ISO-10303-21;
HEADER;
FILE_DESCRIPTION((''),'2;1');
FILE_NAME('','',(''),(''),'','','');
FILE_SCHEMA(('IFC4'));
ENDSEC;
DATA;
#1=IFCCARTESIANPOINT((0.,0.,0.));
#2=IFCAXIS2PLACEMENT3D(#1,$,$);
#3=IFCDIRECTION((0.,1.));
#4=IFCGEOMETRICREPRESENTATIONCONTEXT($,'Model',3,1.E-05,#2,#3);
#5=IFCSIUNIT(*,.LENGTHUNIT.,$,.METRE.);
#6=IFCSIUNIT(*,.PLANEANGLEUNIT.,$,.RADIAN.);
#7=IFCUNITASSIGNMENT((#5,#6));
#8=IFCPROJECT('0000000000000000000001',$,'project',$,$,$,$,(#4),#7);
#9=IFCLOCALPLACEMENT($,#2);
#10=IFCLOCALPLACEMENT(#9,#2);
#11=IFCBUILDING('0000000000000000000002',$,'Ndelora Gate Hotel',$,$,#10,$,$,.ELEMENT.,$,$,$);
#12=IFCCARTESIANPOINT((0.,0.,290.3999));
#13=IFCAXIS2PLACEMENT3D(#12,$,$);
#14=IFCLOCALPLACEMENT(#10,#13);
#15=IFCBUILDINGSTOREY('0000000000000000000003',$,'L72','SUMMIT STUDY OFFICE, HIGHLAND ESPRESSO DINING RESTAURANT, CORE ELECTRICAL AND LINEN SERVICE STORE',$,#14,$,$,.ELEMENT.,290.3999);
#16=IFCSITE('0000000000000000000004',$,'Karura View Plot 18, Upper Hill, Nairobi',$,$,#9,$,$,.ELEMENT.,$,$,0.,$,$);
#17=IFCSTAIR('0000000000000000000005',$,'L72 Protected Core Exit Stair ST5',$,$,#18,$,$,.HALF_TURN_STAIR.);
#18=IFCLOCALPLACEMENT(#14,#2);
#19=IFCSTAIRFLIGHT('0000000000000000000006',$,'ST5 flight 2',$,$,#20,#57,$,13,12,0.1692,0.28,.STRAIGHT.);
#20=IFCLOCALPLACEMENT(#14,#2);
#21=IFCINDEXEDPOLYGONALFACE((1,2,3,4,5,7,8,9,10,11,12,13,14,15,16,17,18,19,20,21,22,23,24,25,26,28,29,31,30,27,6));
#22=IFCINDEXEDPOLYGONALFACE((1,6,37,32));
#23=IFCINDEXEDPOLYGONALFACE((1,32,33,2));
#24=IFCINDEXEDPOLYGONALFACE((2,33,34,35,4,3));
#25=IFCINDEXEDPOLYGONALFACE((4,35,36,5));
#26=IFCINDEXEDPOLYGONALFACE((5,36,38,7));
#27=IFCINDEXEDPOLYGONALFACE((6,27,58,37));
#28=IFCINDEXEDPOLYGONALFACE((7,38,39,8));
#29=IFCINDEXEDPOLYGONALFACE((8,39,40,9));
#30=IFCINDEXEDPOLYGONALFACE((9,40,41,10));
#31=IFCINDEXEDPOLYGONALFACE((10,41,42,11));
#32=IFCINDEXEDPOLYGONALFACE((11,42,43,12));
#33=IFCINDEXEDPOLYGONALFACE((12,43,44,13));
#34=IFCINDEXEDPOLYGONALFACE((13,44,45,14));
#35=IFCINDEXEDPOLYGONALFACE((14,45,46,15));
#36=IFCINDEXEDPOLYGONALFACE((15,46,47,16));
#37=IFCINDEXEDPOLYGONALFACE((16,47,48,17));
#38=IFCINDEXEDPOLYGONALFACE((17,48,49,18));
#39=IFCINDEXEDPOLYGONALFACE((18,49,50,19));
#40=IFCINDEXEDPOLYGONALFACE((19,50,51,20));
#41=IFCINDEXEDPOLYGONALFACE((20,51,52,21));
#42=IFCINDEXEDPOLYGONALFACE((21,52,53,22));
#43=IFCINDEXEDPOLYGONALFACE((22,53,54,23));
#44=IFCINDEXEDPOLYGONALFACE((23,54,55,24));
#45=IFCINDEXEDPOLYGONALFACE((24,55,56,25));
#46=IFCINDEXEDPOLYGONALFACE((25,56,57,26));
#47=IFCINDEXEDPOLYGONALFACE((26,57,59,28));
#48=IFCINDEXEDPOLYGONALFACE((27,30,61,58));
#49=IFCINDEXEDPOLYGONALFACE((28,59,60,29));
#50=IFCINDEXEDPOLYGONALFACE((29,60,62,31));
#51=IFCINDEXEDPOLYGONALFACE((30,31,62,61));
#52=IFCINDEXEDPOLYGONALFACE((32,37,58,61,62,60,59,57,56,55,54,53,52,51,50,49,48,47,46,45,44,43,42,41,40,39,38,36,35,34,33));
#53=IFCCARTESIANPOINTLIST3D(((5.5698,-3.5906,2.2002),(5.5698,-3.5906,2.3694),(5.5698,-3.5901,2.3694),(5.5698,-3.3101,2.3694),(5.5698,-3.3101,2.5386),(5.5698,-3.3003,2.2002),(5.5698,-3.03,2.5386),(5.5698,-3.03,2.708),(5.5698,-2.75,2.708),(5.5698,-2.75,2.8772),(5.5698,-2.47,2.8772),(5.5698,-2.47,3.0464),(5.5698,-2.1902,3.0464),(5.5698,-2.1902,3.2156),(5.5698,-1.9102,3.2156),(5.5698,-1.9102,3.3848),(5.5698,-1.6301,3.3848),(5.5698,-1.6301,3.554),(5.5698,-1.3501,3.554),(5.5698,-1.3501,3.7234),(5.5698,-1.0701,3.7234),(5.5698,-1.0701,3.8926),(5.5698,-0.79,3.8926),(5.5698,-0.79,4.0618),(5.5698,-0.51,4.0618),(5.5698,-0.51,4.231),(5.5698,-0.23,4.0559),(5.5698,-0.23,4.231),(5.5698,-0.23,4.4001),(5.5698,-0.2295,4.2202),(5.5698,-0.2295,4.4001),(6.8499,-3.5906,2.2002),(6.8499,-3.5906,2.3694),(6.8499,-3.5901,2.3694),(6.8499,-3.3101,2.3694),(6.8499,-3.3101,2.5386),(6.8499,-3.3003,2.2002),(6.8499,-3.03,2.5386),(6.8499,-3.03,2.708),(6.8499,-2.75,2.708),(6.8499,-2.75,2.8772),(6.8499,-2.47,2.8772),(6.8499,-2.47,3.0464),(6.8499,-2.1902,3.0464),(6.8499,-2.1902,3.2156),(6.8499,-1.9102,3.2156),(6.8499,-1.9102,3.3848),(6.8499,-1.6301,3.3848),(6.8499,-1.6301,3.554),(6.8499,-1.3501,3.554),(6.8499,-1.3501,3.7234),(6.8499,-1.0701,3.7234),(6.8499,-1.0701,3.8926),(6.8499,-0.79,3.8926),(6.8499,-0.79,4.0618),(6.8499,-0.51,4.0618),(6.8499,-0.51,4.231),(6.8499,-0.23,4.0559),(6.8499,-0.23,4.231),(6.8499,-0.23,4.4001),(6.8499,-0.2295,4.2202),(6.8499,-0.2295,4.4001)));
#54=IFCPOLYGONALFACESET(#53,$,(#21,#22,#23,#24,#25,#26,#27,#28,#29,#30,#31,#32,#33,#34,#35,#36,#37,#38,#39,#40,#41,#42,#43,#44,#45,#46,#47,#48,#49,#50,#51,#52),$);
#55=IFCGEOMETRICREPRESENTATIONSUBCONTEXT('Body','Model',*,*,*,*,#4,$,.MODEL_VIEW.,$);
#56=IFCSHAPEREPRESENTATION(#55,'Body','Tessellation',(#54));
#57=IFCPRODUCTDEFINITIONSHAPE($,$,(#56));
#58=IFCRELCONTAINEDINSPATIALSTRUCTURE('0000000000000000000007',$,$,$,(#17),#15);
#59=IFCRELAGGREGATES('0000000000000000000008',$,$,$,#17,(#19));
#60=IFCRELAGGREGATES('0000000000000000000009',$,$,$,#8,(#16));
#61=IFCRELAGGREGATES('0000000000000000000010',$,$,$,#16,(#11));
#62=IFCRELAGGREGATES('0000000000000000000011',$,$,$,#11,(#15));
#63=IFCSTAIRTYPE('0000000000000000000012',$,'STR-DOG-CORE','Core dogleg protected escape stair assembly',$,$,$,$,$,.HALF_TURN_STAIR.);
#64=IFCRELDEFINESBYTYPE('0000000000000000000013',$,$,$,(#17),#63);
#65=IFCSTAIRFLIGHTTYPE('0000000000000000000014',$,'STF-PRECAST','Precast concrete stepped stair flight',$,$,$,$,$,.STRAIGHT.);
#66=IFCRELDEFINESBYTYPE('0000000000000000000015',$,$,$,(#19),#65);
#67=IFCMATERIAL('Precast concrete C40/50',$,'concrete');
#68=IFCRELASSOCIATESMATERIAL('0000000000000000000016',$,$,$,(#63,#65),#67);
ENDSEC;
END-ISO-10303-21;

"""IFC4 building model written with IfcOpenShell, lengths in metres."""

from ifc_helpers import new_model, si_unit, direction, frame, origin, place, context, subcontext, project, spatial, polyline, outline, extrude, material, type_object, element, aggregate, save


model = new_model("IFC4")

# Units and contexts
model_context = context("Model", 3, precision=1e-05, world=origin(), true_north=direction((0.0, 1.0)))
body_context = subcontext(model_context, "Body", "Model", "MODEL_VIEW")
ifc_project = project(units=[si_unit("LENGTHUNIT", "METRE"), si_unit("PLANEANGLEUNIT", "RADIAN")], contexts=[model_context])

# Site, building, storey
site_placement = place(None, origin())
site = spatial("IfcSite", under=ifc_project, at=site_placement, Name="Karura View Plot 18, Upper Hill, Nairobi", CompositionType="ELEMENT", RefElevation=0.0)
building_placement = place(site_placement, origin())
building = spatial("IfcBuilding", under=site, at=building_placement, Name="Ndelora Gate Hotel", CompositionType="ELEMENT")
storey_placement = place(building_placement, frame((0.0, 0.0, 290.3999)))
storey = spatial("IfcBuildingStorey", under=building, at=storey_placement, Name="L72", Description="SUMMIT STUDY OFFICE, HIGHLAND ESPRESSO DINING RESTAURANT, CORE ELECTRICAL AND LINEN SERVICE STORE", CompositionType="ELEMENT", Elevation=290.3999)

# Stair, stair flight
ifc_material_1 = material(Name="Precast concrete C40/50", Category="concrete")
stair_type = type_object("IfcStairType", Name="STR-DOG-CORE", Description="Core dogleg protected escape stair assembly", PredefinedType="HALF_TURN_STAIR", material=ifc_material_1)
stair_placement = place(storey_placement, origin())
stair = element("IfcStair", 1, at=stair_placement, inside=storey, type_object=stair_type, Name="L72 Protected Core Exit Stair ST5", PredefinedType="HALF_TURN_STAIR")
stair_flight_type = type_object("IfcStairFlightType", Name="STF-PRECAST", Description="Precast concrete stepped stair flight", PredefinedType="STRAIGHT", material=ifc_material_1)
stair_flight_1_placement = place(storey_placement, frame((6.21, -3.5901, 2.2002), z_axis=(0.0, 0.0, 1.0), x_axis=(0.0, 1.0, 0.0)))
stair_flight_1 = element("IfcStairFlight", 2, at=stair_flight_1_placement, type_object=stair_flight_type, Name="ST5 flight 2", NumberOfRisers=13, NumberOfTreads=12, PredefinedType="STRAIGHT", RiserHeight=0.1692, TreadLength=0.28, context=body_context, shape_type="SweptSolid", body=[
    extrude(outline(polyline([(-0.0005, 0.0), (-0.0005, 0.1692), (0.0, 0.1692), (0.28, 0.1692), (0.28, 0.3384), (0.5601, 0.3384), (0.5601, 0.5078), (0.8401, 0.5078), (0.8401, 0.677), (1.1201, 0.677), (1.1201, 0.8462), (1.3999, 0.8462), (1.3999, 1.0154), (1.6799, 1.0154), (1.6799, 1.1846), (1.96, 1.1846), (1.96, 1.3538), (2.24, 1.3538), (2.24, 1.5232), (2.52, 1.5232), (2.52, 1.6924), (2.8, 1.6924), (2.8, 1.8616), (3.0801, 1.8616), (3.0801, 2.0308), (3.3601, 2.0308), (3.3601, 2.2), (3.3606, 2.2), (3.3606, 2.02), (3.3601, 1.8557), (0.2898, 0.0), (-0.0005, 0.0)])), frame((0.0, 0.6401, 0.0), z_axis=(0.0, -1.0, 0.0), x_axis=(1.0, 0.0, 0.0)), (0.0, 0.0, 1.0), 1.28),
])
aggregate(stair, [stair_flight_1])

save(model, "model.ifc")
